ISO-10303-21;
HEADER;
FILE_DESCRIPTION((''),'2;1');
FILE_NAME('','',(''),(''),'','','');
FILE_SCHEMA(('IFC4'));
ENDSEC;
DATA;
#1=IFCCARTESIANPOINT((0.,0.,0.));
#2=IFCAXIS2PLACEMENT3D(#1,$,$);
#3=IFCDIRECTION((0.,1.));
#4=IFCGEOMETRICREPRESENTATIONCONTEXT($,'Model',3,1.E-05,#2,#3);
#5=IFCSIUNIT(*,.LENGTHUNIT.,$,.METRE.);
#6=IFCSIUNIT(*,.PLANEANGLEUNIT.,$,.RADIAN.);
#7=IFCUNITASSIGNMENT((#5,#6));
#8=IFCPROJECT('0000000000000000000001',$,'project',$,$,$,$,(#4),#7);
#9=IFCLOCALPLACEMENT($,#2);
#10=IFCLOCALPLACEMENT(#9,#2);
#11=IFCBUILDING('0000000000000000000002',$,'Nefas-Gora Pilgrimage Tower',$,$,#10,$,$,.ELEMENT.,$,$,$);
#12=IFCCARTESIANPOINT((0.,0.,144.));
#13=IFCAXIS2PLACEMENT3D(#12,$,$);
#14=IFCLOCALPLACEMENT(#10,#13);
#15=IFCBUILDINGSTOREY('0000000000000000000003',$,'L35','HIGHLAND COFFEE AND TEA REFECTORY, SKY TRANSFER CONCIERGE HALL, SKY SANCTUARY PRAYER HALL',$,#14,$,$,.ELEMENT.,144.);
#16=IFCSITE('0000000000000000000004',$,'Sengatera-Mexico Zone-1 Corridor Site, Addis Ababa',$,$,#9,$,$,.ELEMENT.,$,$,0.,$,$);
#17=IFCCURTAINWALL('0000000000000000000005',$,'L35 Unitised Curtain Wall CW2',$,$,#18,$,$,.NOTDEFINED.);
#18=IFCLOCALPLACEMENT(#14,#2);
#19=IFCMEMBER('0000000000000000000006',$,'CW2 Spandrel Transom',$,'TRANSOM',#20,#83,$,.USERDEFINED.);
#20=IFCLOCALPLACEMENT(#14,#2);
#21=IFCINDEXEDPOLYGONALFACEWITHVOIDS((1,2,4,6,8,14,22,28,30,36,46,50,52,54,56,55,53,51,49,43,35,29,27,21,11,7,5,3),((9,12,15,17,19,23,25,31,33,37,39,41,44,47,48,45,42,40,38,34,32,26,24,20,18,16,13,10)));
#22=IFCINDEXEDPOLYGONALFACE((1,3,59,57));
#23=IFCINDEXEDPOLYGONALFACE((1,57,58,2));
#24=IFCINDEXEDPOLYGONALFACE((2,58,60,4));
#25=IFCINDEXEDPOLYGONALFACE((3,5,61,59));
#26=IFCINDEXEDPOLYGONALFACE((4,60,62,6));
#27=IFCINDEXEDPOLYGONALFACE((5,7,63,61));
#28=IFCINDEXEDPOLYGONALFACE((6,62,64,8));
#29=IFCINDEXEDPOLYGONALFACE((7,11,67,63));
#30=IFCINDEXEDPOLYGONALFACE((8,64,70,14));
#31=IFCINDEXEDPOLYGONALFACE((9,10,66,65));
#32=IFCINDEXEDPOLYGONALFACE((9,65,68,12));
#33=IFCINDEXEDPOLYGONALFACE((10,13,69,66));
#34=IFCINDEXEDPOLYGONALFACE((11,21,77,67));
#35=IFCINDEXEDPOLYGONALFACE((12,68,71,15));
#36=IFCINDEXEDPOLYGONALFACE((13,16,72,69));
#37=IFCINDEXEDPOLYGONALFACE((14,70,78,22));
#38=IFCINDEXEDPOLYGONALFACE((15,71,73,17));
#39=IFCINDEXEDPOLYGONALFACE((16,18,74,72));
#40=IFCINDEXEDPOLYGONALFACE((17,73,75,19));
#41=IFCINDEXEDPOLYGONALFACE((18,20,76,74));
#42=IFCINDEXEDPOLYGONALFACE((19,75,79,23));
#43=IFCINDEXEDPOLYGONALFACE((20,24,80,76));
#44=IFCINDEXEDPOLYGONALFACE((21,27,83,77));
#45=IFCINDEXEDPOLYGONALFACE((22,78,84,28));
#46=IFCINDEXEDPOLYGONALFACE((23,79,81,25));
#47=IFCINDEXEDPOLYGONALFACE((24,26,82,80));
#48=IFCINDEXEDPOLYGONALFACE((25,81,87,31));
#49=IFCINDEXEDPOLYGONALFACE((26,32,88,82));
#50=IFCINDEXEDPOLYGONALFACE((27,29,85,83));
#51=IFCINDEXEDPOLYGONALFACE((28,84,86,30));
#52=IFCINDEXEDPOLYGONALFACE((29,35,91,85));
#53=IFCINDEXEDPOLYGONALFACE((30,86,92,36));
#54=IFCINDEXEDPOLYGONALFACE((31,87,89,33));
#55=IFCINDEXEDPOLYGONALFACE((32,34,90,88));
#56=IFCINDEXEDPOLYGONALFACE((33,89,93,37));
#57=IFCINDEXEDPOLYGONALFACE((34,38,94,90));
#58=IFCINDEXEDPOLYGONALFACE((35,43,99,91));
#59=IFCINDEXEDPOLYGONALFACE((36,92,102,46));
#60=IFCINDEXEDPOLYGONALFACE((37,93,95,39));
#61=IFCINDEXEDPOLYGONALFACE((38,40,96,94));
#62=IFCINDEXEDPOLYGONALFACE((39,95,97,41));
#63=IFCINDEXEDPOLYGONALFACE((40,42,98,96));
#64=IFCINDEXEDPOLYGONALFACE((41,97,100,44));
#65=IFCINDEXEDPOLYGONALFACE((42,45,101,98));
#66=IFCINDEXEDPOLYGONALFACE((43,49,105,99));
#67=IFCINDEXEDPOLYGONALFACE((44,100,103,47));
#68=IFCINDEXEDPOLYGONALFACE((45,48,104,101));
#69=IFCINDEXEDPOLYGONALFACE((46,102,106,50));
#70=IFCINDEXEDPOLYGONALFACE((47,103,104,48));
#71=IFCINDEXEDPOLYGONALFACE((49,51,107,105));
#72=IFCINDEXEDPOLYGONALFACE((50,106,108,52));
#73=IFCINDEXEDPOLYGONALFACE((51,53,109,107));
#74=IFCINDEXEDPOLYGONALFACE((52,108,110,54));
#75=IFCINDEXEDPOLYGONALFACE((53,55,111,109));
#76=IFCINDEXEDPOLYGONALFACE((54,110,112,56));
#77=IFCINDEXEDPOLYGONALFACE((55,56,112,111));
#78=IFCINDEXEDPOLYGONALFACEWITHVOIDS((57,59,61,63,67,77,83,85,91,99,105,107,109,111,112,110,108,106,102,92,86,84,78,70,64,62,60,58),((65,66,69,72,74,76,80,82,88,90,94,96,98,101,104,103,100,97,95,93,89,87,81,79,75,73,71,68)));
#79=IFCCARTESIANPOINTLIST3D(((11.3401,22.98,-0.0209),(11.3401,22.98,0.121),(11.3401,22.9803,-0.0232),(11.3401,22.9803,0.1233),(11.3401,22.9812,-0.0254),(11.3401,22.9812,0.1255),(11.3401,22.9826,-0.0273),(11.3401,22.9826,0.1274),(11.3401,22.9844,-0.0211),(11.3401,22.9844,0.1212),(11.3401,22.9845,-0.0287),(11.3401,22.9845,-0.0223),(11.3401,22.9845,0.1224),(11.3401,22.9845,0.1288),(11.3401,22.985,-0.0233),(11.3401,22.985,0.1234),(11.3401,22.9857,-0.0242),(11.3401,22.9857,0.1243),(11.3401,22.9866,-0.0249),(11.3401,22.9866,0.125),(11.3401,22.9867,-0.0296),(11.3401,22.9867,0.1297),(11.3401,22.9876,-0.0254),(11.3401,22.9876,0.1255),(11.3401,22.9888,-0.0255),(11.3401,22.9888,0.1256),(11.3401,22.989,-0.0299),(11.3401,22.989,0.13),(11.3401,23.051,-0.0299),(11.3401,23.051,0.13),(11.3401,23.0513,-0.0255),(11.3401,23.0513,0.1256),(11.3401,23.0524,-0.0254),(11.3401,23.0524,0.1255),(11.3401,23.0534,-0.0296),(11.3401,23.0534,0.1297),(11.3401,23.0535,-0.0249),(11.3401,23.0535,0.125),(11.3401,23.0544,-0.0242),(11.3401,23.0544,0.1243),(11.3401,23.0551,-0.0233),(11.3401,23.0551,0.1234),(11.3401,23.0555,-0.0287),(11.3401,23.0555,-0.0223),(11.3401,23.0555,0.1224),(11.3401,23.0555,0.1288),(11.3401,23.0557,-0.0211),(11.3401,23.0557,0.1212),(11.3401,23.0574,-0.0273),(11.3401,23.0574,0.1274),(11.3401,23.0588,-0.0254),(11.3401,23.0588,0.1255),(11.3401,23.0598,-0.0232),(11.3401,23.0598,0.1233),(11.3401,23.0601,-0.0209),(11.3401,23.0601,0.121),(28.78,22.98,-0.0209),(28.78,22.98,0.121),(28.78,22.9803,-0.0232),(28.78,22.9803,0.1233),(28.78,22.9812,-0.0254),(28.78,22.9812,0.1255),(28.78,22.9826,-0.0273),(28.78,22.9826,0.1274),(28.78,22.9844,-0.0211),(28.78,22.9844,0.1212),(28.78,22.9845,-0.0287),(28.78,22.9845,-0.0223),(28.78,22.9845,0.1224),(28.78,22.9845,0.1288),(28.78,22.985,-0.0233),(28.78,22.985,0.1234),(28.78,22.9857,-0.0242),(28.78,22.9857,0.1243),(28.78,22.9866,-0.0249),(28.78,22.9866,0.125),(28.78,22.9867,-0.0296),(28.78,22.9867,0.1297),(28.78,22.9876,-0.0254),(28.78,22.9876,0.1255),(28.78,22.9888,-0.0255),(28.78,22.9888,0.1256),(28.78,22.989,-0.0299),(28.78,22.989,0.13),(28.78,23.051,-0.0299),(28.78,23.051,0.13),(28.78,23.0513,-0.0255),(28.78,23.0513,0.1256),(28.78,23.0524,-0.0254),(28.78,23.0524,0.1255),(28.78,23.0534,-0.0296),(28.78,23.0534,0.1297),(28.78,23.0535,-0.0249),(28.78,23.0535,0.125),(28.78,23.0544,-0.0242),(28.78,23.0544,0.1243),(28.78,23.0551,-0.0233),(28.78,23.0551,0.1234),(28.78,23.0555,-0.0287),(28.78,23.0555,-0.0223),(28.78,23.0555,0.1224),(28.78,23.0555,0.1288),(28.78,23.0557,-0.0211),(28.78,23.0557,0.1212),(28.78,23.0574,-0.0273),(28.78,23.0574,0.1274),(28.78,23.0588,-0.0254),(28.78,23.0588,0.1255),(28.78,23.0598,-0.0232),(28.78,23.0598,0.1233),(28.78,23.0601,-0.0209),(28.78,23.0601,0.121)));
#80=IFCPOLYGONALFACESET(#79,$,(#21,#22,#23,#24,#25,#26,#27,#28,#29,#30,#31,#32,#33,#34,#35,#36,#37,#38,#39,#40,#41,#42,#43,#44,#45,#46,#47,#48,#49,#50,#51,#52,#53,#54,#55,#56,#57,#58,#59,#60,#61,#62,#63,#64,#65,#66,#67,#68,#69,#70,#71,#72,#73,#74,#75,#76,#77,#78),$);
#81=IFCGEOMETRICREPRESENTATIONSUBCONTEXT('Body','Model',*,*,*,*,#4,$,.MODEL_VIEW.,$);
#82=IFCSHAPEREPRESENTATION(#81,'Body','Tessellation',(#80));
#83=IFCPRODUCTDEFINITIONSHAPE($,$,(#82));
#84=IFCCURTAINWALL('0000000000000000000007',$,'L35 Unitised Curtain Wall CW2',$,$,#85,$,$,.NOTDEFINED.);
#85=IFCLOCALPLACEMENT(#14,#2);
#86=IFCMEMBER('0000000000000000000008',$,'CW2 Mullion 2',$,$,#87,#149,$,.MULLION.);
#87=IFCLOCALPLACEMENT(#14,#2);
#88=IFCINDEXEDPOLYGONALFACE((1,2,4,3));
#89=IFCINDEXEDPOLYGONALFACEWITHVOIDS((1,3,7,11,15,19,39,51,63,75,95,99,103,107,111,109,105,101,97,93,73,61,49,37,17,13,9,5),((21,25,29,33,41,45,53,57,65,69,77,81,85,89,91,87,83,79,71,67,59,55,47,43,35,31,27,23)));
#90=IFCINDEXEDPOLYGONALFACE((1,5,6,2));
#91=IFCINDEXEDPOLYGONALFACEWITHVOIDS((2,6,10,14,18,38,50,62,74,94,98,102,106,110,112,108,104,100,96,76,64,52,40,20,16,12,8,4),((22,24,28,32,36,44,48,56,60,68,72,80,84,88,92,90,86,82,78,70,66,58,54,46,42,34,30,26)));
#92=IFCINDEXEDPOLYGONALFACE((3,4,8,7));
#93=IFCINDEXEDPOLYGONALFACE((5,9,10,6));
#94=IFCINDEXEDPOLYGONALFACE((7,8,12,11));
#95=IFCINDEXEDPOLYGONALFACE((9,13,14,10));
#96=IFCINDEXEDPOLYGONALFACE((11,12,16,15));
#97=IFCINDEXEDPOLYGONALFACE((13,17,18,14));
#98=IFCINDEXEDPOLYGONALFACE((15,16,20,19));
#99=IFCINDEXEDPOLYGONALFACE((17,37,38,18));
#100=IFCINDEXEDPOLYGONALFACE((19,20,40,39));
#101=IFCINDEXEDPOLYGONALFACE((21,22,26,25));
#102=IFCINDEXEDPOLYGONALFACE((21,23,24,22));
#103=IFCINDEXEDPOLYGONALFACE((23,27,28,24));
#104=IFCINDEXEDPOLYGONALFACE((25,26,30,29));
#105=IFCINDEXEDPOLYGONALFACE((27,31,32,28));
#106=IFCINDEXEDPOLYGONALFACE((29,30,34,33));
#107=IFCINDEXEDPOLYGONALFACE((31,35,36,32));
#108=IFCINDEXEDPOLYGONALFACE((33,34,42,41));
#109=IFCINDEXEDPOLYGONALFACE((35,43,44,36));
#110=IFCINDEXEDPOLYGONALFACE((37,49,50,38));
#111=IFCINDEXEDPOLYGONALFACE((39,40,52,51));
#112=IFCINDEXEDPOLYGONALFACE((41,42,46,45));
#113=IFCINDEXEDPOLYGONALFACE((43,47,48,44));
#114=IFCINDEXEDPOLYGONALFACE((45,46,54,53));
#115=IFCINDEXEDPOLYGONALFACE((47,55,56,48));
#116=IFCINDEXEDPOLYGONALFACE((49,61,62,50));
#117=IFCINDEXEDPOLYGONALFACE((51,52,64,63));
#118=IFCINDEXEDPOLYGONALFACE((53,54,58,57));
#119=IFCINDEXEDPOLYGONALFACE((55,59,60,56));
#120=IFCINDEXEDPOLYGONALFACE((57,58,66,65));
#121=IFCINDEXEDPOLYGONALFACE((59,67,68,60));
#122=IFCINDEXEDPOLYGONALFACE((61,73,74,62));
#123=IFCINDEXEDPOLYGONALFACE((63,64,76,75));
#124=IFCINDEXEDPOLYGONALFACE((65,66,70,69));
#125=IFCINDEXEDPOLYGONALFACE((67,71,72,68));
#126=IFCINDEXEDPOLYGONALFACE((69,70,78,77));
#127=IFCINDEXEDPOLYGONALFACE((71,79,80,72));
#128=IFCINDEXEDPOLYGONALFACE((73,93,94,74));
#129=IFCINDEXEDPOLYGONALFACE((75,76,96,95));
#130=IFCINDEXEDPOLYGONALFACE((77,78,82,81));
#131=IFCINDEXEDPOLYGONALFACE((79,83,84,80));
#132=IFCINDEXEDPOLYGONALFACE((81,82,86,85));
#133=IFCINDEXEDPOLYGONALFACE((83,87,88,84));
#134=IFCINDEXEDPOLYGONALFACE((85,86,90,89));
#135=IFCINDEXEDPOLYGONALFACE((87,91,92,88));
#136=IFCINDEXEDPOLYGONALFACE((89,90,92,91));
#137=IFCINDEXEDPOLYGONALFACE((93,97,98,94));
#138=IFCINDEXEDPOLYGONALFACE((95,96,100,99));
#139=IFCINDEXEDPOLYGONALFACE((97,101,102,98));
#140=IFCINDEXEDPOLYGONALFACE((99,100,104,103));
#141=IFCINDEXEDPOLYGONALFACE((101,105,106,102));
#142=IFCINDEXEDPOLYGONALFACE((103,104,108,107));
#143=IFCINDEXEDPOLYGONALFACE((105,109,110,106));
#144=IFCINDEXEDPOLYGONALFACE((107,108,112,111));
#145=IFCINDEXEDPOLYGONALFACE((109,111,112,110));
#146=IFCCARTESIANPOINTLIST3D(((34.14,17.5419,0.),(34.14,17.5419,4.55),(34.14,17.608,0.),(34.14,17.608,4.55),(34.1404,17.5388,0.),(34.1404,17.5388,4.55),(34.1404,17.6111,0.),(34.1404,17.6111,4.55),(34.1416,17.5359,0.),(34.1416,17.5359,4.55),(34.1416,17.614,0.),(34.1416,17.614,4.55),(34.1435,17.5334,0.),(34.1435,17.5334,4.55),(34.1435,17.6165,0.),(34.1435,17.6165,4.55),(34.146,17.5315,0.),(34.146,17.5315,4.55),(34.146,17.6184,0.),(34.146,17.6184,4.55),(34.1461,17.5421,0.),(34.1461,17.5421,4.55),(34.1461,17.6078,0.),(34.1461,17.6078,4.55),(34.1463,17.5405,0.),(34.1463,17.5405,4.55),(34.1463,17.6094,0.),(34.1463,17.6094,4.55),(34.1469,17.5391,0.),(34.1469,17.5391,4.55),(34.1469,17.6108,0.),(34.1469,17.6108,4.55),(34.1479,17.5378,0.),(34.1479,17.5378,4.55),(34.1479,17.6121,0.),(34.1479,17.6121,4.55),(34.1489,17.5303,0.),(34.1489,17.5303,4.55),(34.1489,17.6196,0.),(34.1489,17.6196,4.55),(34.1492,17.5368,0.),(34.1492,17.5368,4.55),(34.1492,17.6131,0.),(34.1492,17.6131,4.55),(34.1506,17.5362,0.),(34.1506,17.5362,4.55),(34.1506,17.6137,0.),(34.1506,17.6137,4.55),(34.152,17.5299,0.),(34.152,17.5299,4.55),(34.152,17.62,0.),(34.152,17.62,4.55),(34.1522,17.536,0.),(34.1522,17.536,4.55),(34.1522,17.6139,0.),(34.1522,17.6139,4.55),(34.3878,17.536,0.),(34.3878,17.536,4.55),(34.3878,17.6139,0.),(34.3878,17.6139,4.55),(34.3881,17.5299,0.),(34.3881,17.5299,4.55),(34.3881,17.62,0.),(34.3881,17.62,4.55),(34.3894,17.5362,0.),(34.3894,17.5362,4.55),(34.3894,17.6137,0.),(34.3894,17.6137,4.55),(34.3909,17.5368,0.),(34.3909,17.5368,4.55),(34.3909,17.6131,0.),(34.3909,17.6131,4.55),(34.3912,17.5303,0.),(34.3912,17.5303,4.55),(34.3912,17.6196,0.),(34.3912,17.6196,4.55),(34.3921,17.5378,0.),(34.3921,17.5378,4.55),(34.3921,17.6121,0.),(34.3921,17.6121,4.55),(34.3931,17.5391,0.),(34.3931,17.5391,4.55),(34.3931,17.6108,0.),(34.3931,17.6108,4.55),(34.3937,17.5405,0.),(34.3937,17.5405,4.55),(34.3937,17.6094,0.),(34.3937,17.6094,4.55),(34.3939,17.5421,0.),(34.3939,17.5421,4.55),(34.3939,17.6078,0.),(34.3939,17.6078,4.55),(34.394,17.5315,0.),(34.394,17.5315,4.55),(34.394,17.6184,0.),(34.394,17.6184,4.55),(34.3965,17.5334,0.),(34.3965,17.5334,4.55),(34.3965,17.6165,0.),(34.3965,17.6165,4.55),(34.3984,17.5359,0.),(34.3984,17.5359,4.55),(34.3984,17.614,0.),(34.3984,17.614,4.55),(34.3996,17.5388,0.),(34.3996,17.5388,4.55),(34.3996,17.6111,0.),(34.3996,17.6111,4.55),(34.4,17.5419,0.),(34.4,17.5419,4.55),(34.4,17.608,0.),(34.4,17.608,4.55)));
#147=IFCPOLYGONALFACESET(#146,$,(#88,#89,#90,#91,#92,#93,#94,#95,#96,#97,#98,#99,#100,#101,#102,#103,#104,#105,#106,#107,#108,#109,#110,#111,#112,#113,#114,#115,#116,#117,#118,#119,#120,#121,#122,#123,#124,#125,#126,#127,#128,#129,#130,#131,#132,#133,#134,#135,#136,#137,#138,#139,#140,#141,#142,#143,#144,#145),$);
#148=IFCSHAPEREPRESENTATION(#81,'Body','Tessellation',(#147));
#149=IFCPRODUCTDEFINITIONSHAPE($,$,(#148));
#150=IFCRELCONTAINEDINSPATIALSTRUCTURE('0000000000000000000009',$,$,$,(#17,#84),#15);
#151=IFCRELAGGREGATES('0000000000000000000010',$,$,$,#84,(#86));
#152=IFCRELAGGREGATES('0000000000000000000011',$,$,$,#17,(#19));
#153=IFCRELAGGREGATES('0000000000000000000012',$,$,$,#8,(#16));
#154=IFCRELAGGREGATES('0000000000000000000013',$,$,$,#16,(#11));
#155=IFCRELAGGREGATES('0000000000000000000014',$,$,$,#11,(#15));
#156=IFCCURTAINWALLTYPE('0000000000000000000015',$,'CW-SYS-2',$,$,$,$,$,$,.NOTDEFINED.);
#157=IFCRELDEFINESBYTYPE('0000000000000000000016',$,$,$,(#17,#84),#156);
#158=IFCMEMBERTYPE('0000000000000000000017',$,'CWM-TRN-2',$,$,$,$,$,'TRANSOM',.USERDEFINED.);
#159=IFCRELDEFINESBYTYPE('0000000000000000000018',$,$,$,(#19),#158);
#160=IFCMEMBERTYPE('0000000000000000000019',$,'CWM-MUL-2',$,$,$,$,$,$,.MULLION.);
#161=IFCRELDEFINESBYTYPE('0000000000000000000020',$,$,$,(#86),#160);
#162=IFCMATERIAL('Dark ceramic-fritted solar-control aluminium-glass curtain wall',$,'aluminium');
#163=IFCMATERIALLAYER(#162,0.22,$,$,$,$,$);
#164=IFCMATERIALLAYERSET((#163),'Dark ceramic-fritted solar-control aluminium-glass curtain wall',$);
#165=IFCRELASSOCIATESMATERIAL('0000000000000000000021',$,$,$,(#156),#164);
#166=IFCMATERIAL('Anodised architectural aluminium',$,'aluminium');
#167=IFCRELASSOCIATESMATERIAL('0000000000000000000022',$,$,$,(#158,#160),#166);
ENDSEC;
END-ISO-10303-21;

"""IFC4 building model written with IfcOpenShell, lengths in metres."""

from ifc_helpers import new_model, si_unit, direction, frame, origin, origin_2d, place, context, subcontext, project, spatial, hollow_rectangle, extrude, source, transform, mapped, material, layer, layer_set, material_profile, profile_set, type_object, element, aggregate, save


model = new_model("IFC4")

# Units and contexts
model_context = context("Model", 3, precision=1e-05, world=origin(), true_north=direction((0.0, 1.0)))
body_context = subcontext(model_context, "Body", "Model", "MODEL_VIEW")
ifc_project = project(units=[si_unit("LENGTHUNIT", "METRE"), si_unit("PLANEANGLEUNIT", "RADIAN")], contexts=[model_context])

# Site, building, storey
site_placement = place(None, origin())
site = spatial("IfcSite", under=ifc_project, at=site_placement, Name="Sengatera-Mexico Zone-1 Corridor Site, Addis Ababa", CompositionType="ELEMENT", RefElevation=0.0)
building_placement = place(site_placement, origin())
building = spatial("IfcBuilding", under=site, at=building_placement, Name="Nefas-Gora Pilgrimage Tower", CompositionType="ELEMENT")
storey_placement = place(building_placement, frame((0.0, 0.0, 144.0)))
storey = spatial("IfcBuildingStorey", under=building, at=storey_placement, Name="L35", Description="HIGHLAND COFFEE AND TEA REFECTORY, SKY TRANSFER CONCIERGE HALL, SKY SANCTUARY PRAYER HALL", CompositionType="ELEMENT", Elevation=144.0)

# Curtain walls, members
ifc_material_1 = material(Name="Dark ceramic-fritted solar-control aluminium-glass curtain wall", Category="aluminium")
ifc_layer_1 = layer(ifc_material_1, 0.22)
ifc_layer_set_1 = layer_set([ifc_layer_1], Name="Dark ceramic-fritted solar-control aluminium-glass curtain wall")
curtain_wall_type = type_object("IfcCurtainWallType", Name="CW-SYS-2", PredefinedType="NOTDEFINED", material=ifc_layer_set_1)
curtain_wall_1_placement = place(storey_placement, origin())
curtain_wall_1 = element("IfcCurtainWall", 1, at=curtain_wall_1_placement, inside=storey, type_object=curtain_wall_type, Name="L35 Unitised Curtain Wall CW2", PredefinedType="NOTDEFINED")
ifc_material_2 = material(Name="Anodised architectural aluminium", Category="aluminium")
ifc_material_profile_1 = material_profile(ifc_material_2, hollow_rectangle(XDim=0.0801, YDim=0.1599, WallThickness=0.0044, InnerFilletRadius=0.0044, OuterFilletRadius=0.009, at=origin_2d()), Name="ALU TRANSOM 80x160")
ifc_profile_set_1 = profile_set([ifc_material_profile_1], Name="Anodised architectural aluminium")
member_type_1 = type_object("IfcMemberType", Name="CWM-TRN-2", ElementType="TRANSOM", PredefinedType="USERDEFINED", material=ifc_profile_set_1)
shared_shape_1 = source(origin(), body_context, "Body", "SweptSolid", [
    extrude(hollow_rectangle(XDim=0.0801, YDim=0.1599, WallThickness=0.0044, InnerFilletRadius=0.0044, OuterFilletRadius=0.009, at=origin_2d()), origin(), (0.0, 0.0, 1.0), 17.4399),
])
member_1_placement = place(storey_placement, frame((28.78, 23.02, 0.05), z_axis=(-1.0, 0.0, 0.0), x_axis=(0.0, -1.0, 0.0)))
member_1 = element("IfcMember", 2, at=member_1_placement, type_object=member_type_1, Name="CW2 Spandrel Transom", ObjectType="TRANSOM", PredefinedType="USERDEFINED", context=body_context, shape_type="MappedRepresentation", body=[
    mapped(shared_shape_1, transform((0.0, 0.0, 0.0), x_axis=(1.0, 0.0, 0.0), y_axis=(0.0, 1.0, 0.0), z_axis=(0.0, 0.0, 1.0), scale=1.0)),
])
curtain_wall_2_placement = place(storey_placement, origin())
curtain_wall_2 = element("IfcCurtainWall", 3, at=curtain_wall_2_placement, inside=storey, type_object=curtain_wall_type, Name="L35 Unitised Curtain Wall CW2", PredefinedType="NOTDEFINED")
ifc_material_profile_2 = material_profile(ifc_material_2, hollow_rectangle(XDim=0.0901, YDim=0.26, WallThickness=0.0061, InnerFilletRadius=0.0061, OuterFilletRadius=0.012, at=origin_2d()), Name="ALU MULLION 90x260")
ifc_profile_set_2 = profile_set([ifc_material_profile_2], Name="Anodised architectural aluminium")
member_type_2 = type_object("IfcMemberType", Name="CWM-MUL-2", PredefinedType="MULLION", material=ifc_profile_set_2)
shared_shape_2 = source(origin(), body_context, "Body", "SweptSolid", [
    extrude(hollow_rectangle(XDim=0.0901, YDim=0.26, WallThickness=0.0061, InnerFilletRadius=0.0061, OuterFilletRadius=0.012, at=origin_2d()), origin(), (0.0, 0.0, 1.0), 4.55),
])
member_2_placement = place(storey_placement, frame((34.27, 17.575, 0.0), z_axis=(0.0, 0.0, 1.0), x_axis=(0.0, 1.0, 0.0)))
member_2 = element("IfcMember", 4, at=member_2_placement, type_object=member_type_2, Name="CW2 Mullion 2", PredefinedType="MULLION", context=body_context, shape_type="MappedRepresentation", body=[
    mapped(shared_shape_2, transform((0.0, 0.0, 0.0), x_axis=(1.0, 0.0, 0.0), y_axis=(0.0, 1.0, 0.0), z_axis=(0.0, 0.0, 1.0), scale=1.0)),
])
aggregate(curtain_wall_2, [member_2])

aggregate(curtain_wall_1, [member_1])

save(model, "model.ifc")
